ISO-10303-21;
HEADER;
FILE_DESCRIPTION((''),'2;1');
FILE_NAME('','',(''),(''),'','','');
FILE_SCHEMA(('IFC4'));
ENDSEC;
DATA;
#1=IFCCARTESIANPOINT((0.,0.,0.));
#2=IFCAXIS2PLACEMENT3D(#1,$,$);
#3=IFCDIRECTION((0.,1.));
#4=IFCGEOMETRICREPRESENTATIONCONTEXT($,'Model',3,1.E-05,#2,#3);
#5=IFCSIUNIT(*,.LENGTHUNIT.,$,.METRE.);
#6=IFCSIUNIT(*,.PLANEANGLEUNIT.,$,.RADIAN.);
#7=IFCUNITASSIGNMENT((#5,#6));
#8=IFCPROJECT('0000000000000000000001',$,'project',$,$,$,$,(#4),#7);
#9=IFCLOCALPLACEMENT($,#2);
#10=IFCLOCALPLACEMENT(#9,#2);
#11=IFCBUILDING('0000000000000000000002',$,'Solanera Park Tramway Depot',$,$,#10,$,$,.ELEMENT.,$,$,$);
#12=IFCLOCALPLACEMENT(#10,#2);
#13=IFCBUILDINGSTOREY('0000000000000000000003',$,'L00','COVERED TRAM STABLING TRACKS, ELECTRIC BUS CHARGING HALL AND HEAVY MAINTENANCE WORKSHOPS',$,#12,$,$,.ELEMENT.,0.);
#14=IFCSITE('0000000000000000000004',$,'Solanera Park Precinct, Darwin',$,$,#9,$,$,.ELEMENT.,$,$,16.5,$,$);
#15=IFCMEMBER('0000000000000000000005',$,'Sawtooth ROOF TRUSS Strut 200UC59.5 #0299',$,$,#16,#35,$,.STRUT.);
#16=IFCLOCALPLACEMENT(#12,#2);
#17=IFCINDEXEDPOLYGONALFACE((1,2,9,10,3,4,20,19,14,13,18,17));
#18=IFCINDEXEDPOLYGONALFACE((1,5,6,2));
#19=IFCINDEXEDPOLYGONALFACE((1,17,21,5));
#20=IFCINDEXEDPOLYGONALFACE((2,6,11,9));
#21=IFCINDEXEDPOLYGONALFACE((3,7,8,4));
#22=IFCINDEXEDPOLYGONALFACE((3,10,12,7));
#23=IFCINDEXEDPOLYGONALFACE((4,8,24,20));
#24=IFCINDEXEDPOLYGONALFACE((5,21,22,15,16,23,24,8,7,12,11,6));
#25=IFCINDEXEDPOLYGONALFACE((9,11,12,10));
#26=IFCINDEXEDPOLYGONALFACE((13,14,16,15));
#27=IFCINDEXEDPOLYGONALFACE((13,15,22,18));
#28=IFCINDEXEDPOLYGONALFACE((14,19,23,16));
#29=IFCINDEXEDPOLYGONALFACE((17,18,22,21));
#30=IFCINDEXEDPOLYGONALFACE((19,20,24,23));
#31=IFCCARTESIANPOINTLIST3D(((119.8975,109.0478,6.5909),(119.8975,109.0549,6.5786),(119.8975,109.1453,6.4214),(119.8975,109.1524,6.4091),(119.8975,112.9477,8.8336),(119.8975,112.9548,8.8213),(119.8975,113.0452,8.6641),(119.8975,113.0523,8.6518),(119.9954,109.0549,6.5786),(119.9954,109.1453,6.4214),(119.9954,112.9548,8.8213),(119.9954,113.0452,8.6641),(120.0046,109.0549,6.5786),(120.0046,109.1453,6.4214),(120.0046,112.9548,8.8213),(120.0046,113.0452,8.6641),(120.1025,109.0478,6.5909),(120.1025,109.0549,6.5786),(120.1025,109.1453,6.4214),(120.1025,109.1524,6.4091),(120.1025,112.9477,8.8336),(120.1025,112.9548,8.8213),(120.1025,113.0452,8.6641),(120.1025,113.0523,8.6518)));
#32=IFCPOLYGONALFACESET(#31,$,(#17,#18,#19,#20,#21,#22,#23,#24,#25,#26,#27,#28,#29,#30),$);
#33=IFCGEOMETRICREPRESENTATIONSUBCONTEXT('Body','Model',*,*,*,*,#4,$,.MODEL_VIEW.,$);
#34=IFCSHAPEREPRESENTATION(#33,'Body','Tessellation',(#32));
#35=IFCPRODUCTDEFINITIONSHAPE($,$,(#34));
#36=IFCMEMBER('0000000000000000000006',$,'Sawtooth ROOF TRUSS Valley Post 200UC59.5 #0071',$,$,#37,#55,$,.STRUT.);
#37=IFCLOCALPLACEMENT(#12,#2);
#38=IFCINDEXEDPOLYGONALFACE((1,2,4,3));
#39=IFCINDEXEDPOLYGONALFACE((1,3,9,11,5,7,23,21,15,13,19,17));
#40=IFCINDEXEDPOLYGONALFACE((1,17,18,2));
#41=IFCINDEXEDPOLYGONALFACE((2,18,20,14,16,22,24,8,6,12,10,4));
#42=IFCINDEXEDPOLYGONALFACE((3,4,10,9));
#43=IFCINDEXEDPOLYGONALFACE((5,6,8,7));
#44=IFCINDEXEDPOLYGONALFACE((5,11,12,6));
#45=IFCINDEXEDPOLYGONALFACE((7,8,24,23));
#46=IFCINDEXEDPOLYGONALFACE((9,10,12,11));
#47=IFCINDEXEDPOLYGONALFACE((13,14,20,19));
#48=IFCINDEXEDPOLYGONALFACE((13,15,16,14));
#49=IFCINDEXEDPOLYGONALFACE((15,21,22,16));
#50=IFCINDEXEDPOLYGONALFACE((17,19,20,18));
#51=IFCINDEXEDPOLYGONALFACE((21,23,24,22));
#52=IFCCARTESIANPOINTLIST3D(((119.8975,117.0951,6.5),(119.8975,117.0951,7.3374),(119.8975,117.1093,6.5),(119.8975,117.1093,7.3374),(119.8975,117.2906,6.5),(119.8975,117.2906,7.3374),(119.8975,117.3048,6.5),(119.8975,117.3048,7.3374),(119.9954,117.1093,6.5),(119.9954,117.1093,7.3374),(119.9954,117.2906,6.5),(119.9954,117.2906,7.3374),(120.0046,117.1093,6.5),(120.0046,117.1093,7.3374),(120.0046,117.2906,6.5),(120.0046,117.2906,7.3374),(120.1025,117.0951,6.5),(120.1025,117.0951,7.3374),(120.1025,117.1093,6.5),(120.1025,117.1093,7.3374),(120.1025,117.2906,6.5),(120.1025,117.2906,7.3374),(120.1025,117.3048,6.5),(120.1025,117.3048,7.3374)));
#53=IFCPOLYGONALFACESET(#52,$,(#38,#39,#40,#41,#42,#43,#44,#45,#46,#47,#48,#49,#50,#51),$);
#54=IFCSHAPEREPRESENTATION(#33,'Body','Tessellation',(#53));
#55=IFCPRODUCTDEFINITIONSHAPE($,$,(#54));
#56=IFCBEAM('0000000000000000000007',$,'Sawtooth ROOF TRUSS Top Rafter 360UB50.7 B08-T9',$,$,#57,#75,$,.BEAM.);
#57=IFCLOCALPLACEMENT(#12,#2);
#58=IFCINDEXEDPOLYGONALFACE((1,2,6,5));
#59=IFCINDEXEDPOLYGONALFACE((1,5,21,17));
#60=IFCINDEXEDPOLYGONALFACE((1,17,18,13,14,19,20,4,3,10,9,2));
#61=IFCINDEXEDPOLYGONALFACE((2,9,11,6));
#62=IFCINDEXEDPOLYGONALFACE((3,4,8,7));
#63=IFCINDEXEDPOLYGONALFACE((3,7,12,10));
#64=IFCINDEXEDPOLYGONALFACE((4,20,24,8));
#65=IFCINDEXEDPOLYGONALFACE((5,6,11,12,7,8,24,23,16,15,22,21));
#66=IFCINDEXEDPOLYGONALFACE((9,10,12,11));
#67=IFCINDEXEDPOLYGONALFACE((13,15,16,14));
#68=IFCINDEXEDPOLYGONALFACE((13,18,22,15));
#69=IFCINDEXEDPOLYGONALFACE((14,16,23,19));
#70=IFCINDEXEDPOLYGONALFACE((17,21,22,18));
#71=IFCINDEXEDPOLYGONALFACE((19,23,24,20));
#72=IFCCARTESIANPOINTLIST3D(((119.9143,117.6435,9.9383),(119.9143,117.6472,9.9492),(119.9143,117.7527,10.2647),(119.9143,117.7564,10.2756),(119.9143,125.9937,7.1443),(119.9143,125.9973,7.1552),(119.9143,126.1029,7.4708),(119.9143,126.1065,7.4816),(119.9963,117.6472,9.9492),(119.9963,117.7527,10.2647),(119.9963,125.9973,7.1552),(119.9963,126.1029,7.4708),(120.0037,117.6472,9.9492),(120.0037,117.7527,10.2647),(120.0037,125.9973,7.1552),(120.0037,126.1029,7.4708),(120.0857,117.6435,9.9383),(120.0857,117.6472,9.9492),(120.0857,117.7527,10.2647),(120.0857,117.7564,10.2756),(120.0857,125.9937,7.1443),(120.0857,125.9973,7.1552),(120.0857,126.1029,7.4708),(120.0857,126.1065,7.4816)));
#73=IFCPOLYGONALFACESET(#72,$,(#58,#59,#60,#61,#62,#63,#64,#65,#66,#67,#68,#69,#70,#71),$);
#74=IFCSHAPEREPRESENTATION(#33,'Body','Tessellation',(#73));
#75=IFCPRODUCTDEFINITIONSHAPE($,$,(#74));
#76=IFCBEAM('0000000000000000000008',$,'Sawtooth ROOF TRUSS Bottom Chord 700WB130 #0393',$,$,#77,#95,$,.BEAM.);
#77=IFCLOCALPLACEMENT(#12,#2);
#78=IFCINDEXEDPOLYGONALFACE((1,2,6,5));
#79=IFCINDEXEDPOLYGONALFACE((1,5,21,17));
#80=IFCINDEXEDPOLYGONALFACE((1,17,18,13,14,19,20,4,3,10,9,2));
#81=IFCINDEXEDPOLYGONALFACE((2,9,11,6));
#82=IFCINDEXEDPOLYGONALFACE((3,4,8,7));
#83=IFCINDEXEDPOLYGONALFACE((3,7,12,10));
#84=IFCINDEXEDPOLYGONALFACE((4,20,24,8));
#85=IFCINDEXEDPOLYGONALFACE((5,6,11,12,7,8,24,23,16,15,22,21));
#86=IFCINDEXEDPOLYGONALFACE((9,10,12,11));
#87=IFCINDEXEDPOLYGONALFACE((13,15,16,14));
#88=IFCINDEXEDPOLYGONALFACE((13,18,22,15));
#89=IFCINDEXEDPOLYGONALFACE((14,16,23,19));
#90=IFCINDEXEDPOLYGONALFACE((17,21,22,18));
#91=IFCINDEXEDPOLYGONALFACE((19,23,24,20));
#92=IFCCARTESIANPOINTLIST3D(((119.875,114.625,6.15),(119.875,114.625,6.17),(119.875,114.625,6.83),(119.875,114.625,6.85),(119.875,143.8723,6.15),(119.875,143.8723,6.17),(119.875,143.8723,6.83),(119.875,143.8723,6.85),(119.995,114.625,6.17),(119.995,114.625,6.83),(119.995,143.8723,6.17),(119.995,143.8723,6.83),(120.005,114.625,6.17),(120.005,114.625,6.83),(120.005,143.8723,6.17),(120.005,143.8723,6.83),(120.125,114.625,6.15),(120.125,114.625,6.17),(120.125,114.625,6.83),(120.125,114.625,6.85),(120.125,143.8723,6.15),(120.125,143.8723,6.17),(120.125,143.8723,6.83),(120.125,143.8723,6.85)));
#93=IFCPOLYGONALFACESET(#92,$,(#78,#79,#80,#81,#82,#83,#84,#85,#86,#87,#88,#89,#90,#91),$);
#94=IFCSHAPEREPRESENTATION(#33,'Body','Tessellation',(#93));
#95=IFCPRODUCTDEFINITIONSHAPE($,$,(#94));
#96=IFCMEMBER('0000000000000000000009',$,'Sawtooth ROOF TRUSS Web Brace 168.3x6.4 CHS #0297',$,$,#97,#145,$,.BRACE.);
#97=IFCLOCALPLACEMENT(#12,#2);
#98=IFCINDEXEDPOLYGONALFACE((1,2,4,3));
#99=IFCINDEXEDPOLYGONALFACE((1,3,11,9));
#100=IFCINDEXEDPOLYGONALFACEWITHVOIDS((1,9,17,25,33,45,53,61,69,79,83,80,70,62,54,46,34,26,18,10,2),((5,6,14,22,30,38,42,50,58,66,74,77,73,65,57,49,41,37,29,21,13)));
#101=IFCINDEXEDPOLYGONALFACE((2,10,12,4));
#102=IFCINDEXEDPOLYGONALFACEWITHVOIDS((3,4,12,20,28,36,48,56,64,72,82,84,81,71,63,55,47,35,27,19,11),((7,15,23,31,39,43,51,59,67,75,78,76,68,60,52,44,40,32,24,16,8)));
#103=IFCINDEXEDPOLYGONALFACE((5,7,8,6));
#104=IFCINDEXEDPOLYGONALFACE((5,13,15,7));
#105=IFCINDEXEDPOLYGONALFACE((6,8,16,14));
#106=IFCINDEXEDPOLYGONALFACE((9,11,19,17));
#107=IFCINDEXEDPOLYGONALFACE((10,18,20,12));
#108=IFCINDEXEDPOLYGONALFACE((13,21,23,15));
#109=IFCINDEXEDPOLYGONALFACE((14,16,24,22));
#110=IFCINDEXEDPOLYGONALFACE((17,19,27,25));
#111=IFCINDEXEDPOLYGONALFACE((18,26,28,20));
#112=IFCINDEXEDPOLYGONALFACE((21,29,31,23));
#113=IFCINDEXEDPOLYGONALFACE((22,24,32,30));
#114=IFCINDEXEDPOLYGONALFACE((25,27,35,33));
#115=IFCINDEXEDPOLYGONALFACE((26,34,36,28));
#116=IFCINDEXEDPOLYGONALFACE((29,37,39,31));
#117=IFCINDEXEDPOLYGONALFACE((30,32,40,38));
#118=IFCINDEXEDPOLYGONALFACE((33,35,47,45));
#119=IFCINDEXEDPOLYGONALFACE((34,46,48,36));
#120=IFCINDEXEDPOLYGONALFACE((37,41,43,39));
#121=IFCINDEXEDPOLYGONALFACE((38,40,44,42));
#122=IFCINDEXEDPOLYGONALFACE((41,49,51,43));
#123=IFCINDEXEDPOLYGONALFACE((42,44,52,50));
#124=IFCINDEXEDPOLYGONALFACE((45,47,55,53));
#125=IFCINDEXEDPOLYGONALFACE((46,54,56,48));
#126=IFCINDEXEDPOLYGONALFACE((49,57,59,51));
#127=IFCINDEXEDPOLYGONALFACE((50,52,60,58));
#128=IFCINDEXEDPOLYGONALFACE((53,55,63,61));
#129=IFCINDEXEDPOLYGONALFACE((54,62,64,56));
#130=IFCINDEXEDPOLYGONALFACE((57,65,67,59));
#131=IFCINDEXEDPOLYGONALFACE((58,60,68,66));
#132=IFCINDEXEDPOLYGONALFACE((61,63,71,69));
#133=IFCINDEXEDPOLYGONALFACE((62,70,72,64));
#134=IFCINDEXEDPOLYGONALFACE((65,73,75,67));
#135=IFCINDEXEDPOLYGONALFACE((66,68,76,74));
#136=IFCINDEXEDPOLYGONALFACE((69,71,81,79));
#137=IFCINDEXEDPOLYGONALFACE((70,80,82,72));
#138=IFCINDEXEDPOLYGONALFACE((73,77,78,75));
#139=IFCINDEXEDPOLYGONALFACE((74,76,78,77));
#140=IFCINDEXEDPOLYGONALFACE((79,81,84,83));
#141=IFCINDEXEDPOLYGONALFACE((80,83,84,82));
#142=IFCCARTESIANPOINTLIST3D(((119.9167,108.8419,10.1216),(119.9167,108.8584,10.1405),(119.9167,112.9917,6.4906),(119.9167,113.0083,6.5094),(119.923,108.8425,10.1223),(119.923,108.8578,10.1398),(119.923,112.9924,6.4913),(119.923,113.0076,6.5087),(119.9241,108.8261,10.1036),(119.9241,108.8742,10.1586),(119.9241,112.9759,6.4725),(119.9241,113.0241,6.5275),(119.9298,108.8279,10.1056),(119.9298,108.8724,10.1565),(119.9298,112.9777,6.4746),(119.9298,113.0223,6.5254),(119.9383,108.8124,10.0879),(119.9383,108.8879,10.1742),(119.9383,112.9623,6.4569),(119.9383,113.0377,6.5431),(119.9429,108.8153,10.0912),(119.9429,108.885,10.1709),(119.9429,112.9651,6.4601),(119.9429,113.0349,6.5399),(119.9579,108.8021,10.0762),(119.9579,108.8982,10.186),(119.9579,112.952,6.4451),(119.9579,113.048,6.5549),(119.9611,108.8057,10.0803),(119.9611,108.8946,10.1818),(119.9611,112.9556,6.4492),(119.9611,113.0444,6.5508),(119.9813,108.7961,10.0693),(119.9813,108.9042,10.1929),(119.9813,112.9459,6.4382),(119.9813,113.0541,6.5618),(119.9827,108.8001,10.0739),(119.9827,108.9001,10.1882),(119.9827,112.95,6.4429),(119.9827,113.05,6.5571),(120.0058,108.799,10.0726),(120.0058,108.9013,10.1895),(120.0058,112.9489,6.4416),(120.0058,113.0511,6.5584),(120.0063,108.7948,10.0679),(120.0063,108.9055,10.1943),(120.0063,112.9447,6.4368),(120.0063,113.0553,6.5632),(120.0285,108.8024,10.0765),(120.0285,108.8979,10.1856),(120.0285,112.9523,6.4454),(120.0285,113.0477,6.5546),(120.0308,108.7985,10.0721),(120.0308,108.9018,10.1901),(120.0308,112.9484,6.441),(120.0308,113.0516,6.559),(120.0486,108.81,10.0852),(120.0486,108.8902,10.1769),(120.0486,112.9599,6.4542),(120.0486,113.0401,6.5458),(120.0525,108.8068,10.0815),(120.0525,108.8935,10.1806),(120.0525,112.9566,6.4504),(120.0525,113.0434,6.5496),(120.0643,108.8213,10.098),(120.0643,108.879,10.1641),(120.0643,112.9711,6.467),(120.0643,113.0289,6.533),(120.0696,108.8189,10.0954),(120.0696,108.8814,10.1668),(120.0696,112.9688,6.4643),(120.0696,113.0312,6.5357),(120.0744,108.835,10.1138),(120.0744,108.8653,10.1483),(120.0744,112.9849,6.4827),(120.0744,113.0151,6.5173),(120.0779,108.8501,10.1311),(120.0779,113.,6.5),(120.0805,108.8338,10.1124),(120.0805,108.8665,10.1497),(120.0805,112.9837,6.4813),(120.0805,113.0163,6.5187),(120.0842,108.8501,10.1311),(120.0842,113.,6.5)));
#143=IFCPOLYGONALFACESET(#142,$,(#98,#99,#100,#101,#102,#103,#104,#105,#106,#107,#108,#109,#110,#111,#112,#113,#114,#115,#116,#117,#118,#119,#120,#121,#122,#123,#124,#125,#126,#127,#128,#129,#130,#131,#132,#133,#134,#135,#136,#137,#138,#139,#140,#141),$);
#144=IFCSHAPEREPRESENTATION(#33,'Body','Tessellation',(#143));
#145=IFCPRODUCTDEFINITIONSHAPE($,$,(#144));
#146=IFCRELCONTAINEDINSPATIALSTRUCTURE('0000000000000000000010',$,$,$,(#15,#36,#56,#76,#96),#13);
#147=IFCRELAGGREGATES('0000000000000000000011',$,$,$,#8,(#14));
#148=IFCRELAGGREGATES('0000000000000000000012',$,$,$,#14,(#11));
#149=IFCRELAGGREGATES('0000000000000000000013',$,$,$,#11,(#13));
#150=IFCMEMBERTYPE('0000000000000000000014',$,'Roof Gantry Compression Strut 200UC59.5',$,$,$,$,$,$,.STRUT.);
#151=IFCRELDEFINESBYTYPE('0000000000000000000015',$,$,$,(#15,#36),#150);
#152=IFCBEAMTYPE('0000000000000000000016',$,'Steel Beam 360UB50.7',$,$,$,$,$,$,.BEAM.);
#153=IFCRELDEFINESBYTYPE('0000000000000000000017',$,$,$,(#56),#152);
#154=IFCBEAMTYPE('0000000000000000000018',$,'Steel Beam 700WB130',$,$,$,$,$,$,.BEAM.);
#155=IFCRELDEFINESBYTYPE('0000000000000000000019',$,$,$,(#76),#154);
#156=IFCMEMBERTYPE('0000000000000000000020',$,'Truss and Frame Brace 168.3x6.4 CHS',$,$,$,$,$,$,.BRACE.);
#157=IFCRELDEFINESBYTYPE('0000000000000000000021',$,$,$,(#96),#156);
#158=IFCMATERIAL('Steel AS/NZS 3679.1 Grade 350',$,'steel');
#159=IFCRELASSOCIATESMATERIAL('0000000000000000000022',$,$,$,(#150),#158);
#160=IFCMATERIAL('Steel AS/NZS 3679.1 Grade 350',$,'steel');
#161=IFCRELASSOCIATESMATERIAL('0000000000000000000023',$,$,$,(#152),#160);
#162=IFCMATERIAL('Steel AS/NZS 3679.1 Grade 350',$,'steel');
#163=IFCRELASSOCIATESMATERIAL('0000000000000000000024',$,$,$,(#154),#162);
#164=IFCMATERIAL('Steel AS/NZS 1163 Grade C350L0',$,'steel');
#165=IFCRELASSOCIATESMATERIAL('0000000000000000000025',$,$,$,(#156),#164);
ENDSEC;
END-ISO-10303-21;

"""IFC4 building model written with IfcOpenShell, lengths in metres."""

from ifc_helpers import new_model, si_unit, direction, frame, origin, origin_2d, place, context, subcontext, project, spatial, hollow_circle, i_section, extrude, material, material_profile, profile_set, type_object, element, save


model = new_model("IFC4")

# Units and contexts
model_context = context("Model", 3, precision=1e-05, world=origin(), true_north=direction((0.0, 1.0)))
body_context = subcontext(model_context, "Body", "Model", "MODEL_VIEW")
ifc_project = project(units=[si_unit("LENGTHUNIT", "METRE"), si_unit("PLANEANGLEUNIT", "RADIAN")], contexts=[model_context])

# Site, building, storey
site_placement = place(None, origin())
site = spatial("IfcSite", under=ifc_project, at=site_placement, Name="Solanera Park Precinct, Darwin", CompositionType="ELEMENT", RefElevation=16.5)
building_placement = place(site_placement, origin())
building = spatial("IfcBuilding", under=site, at=building_placement, Name="Solanera Park Tramway Depot", CompositionType="ELEMENT")
storey_placement = place(building_placement, origin())
storey = spatial("IfcBuildingStorey", under=building, at=storey_placement, Name="L00", Description="COVERED TRAM STABLING TRACKS, ELECTRIC BUS CHARGING HALL AND HEAVY MAINTENANCE WORKSHOPS", CompositionType="ELEMENT", Elevation=0.0)

# Members
ifc_material_1 = material(Name="Steel AS/NZS 3679.1 Grade 350", Category="steel")
ifc_material_profile_1 = material_profile(ifc_material_1, i_section(OverallWidth=0.2051, OverallDepth=0.2097, WebThickness=0.0093, FlangeThickness=0.0142, at=origin_2d()), Name="200UC59.5")
ifc_profile_set_1 = profile_set([ifc_material_profile_1], Name="Steel AS/NZS 3679.1 Grade 350")
member_type_1 = type_object("IfcMemberType", Name="Roof Gantry Compression Strut 200UC59.5", PredefinedType="STRUT", material=ifc_profile_set_1)
member_1_placement = place(storey_placement, frame((120.0, 109.1001, 6.5), z_axis=(0.0, 0.866884, 0.49851), x_axis=(-1.0, 0.0, 0.0)))
element("IfcMember", 1, at=member_1_placement, inside=storey, type_object=member_type_1, Name="Sawtooth ROOF TRUSS Strut 200UC59.5 #0299", PredefinedType="STRUT", context=body_context, shape_type="SweptSolid", body=[
    extrude(i_section(OverallWidth=0.2051, OverallDepth=0.2097, WebThickness=0.0093, FlangeThickness=0.0142, at=origin_2d()), origin(), (0.0, 0.0, 1.0), 4.4988),
])
member_2_placement = place(storey_placement, frame((120.0, 117.2, 6.5), z_axis=(0.0, 0.0, 1.0), x_axis=(1.0, 0.0, 0.0)))
element("IfcMember", 2, at=member_2_placement, inside=storey, type_object=member_type_1, Name="Sawtooth ROOF TRUSS Valley Post 200UC59.5 #0071", PredefinedType="STRUT", context=body_context, shape_type="SweptSolid", body=[
    extrude(i_section(OverallWidth=0.2051, OverallDepth=0.2097, WebThickness=0.0093, FlangeThickness=0.0142, at=origin_2d()), origin(), (0.0, 0.0, 1.0), 0.8374),
])

# Beams
ifc_material_2 = material(Name="Steel AS/NZS 3679.1 Grade 350", Category="steel")
ifc_material_profile_2 = material_profile(ifc_material_2, i_section(OverallWidth=0.1714, OverallDepth=0.3557, WebThickness=0.0073, FlangeThickness=0.0115, at=origin_2d()), Name="360UB50.7")
ifc_profile_set_2 = profile_set([ifc_material_profile_2], Name="Steel AS/NZS 3679.1 Grade 350")
beam_type_1 = type_object("IfcBeamType", Name="Steel Beam 360UB50.7", PredefinedType="BEAM", material=ifc_profile_set_2)
beam_1_placement = place(storey_placement, frame((120.0, 117.7, 10.1069), z_axis=(0.0, 0.948322, -0.317309), x_axis=(-1.0, 0.0, 0.0)))
element("IfcBeam", 3, at=beam_1_placement, inside=storey, type_object=beam_type_1, Name="Sawtooth ROOF TRUSS Top Rafter 360UB50.7 B08-T9", PredefinedType="BEAM", context=body_context, shape_type="SweptSolid", body=[
    extrude(i_section(OverallWidth=0.1714, OverallDepth=0.3557, WebThickness=0.0073, FlangeThickness=0.0115, at=origin_2d()), origin(), (0.0, 0.0, 1.0), 8.8052),
])
ifc_material_3 = material(Name="Steel AS/NZS 3679.1 Grade 350", Category="steel")
ifc_material_profile_3 = material_profile(ifc_material_3, i_section(OverallWidth=0.25, OverallDepth=0.7, WebThickness=0.01, FlangeThickness=0.02, at=origin_2d()), Name="700WB130")
ifc_profile_set_3 = profile_set([ifc_material_profile_3], Name="Steel AS/NZS 3679.1 Grade 350")
beam_type_2 = type_object("IfcBeamType", Name="Steel Beam 700WB130", PredefinedType="BEAM", material=ifc_profile_set_3)
beam_2_placement = place(storey_placement, frame((120.0, 114.625, 6.5), z_axis=(0.0, 1.0, 0.0), x_axis=(-1.0, 0.0, 0.0)))
element("IfcBeam", 4, at=beam_2_placement, inside=storey, type_object=beam_type_2, Name="Sawtooth ROOF TRUSS Bottom Chord 700WB130 #0393", PredefinedType="BEAM", context=body_context, shape_type="SweptSolid", body=[
    extrude(i_section(OverallWidth=0.25, OverallDepth=0.7, WebThickness=0.01, FlangeThickness=0.02, at=origin_2d()), origin(), (0.0, 0.0, 1.0), 29.2473),
])

# Member
ifc_material_4 = material(Name="Steel AS/NZS 1163 Grade C350L0", Category="steel")
ifc_material_profile_4 = material_profile(ifc_material_4, hollow_circle(Radius=0.0842, WallThickness=0.0063, at=origin_2d()), Name="168.3x6.4 CHS")
ifc_profile_set_4 = profile_set([ifc_material_profile_4], Name="Steel AS/NZS 1163 Grade C350L0")
member_type_2 = type_object("IfcMemberType", Name="Truss and Frame Brace 168.3x6.4 CHS", PredefinedType="BRACE", material=ifc_profile_set_4)
member_3_placement = place(storey_placement, frame((120.0, 113.0, 6.5), z_axis=(0.0, -0.752582, 0.658498), x_axis=(1.0, 0.0, 0.0)))
element("IfcMember", 5, at=member_3_placement, inside=storey, type_object=member_type_2, Name="Sawtooth ROOF TRUSS Web Brace 168.3x6.4 CHS #0297", PredefinedType="BRACE", context=body_context, shape_type="SweptSolid", body=[
    extrude(hollow_circle(Radius=0.0842, WallThickness=0.0063, at=origin_2d()), origin(), (0.0, 0.0, 1.0), 5.5142),
])

save(model, "model.ifc")
